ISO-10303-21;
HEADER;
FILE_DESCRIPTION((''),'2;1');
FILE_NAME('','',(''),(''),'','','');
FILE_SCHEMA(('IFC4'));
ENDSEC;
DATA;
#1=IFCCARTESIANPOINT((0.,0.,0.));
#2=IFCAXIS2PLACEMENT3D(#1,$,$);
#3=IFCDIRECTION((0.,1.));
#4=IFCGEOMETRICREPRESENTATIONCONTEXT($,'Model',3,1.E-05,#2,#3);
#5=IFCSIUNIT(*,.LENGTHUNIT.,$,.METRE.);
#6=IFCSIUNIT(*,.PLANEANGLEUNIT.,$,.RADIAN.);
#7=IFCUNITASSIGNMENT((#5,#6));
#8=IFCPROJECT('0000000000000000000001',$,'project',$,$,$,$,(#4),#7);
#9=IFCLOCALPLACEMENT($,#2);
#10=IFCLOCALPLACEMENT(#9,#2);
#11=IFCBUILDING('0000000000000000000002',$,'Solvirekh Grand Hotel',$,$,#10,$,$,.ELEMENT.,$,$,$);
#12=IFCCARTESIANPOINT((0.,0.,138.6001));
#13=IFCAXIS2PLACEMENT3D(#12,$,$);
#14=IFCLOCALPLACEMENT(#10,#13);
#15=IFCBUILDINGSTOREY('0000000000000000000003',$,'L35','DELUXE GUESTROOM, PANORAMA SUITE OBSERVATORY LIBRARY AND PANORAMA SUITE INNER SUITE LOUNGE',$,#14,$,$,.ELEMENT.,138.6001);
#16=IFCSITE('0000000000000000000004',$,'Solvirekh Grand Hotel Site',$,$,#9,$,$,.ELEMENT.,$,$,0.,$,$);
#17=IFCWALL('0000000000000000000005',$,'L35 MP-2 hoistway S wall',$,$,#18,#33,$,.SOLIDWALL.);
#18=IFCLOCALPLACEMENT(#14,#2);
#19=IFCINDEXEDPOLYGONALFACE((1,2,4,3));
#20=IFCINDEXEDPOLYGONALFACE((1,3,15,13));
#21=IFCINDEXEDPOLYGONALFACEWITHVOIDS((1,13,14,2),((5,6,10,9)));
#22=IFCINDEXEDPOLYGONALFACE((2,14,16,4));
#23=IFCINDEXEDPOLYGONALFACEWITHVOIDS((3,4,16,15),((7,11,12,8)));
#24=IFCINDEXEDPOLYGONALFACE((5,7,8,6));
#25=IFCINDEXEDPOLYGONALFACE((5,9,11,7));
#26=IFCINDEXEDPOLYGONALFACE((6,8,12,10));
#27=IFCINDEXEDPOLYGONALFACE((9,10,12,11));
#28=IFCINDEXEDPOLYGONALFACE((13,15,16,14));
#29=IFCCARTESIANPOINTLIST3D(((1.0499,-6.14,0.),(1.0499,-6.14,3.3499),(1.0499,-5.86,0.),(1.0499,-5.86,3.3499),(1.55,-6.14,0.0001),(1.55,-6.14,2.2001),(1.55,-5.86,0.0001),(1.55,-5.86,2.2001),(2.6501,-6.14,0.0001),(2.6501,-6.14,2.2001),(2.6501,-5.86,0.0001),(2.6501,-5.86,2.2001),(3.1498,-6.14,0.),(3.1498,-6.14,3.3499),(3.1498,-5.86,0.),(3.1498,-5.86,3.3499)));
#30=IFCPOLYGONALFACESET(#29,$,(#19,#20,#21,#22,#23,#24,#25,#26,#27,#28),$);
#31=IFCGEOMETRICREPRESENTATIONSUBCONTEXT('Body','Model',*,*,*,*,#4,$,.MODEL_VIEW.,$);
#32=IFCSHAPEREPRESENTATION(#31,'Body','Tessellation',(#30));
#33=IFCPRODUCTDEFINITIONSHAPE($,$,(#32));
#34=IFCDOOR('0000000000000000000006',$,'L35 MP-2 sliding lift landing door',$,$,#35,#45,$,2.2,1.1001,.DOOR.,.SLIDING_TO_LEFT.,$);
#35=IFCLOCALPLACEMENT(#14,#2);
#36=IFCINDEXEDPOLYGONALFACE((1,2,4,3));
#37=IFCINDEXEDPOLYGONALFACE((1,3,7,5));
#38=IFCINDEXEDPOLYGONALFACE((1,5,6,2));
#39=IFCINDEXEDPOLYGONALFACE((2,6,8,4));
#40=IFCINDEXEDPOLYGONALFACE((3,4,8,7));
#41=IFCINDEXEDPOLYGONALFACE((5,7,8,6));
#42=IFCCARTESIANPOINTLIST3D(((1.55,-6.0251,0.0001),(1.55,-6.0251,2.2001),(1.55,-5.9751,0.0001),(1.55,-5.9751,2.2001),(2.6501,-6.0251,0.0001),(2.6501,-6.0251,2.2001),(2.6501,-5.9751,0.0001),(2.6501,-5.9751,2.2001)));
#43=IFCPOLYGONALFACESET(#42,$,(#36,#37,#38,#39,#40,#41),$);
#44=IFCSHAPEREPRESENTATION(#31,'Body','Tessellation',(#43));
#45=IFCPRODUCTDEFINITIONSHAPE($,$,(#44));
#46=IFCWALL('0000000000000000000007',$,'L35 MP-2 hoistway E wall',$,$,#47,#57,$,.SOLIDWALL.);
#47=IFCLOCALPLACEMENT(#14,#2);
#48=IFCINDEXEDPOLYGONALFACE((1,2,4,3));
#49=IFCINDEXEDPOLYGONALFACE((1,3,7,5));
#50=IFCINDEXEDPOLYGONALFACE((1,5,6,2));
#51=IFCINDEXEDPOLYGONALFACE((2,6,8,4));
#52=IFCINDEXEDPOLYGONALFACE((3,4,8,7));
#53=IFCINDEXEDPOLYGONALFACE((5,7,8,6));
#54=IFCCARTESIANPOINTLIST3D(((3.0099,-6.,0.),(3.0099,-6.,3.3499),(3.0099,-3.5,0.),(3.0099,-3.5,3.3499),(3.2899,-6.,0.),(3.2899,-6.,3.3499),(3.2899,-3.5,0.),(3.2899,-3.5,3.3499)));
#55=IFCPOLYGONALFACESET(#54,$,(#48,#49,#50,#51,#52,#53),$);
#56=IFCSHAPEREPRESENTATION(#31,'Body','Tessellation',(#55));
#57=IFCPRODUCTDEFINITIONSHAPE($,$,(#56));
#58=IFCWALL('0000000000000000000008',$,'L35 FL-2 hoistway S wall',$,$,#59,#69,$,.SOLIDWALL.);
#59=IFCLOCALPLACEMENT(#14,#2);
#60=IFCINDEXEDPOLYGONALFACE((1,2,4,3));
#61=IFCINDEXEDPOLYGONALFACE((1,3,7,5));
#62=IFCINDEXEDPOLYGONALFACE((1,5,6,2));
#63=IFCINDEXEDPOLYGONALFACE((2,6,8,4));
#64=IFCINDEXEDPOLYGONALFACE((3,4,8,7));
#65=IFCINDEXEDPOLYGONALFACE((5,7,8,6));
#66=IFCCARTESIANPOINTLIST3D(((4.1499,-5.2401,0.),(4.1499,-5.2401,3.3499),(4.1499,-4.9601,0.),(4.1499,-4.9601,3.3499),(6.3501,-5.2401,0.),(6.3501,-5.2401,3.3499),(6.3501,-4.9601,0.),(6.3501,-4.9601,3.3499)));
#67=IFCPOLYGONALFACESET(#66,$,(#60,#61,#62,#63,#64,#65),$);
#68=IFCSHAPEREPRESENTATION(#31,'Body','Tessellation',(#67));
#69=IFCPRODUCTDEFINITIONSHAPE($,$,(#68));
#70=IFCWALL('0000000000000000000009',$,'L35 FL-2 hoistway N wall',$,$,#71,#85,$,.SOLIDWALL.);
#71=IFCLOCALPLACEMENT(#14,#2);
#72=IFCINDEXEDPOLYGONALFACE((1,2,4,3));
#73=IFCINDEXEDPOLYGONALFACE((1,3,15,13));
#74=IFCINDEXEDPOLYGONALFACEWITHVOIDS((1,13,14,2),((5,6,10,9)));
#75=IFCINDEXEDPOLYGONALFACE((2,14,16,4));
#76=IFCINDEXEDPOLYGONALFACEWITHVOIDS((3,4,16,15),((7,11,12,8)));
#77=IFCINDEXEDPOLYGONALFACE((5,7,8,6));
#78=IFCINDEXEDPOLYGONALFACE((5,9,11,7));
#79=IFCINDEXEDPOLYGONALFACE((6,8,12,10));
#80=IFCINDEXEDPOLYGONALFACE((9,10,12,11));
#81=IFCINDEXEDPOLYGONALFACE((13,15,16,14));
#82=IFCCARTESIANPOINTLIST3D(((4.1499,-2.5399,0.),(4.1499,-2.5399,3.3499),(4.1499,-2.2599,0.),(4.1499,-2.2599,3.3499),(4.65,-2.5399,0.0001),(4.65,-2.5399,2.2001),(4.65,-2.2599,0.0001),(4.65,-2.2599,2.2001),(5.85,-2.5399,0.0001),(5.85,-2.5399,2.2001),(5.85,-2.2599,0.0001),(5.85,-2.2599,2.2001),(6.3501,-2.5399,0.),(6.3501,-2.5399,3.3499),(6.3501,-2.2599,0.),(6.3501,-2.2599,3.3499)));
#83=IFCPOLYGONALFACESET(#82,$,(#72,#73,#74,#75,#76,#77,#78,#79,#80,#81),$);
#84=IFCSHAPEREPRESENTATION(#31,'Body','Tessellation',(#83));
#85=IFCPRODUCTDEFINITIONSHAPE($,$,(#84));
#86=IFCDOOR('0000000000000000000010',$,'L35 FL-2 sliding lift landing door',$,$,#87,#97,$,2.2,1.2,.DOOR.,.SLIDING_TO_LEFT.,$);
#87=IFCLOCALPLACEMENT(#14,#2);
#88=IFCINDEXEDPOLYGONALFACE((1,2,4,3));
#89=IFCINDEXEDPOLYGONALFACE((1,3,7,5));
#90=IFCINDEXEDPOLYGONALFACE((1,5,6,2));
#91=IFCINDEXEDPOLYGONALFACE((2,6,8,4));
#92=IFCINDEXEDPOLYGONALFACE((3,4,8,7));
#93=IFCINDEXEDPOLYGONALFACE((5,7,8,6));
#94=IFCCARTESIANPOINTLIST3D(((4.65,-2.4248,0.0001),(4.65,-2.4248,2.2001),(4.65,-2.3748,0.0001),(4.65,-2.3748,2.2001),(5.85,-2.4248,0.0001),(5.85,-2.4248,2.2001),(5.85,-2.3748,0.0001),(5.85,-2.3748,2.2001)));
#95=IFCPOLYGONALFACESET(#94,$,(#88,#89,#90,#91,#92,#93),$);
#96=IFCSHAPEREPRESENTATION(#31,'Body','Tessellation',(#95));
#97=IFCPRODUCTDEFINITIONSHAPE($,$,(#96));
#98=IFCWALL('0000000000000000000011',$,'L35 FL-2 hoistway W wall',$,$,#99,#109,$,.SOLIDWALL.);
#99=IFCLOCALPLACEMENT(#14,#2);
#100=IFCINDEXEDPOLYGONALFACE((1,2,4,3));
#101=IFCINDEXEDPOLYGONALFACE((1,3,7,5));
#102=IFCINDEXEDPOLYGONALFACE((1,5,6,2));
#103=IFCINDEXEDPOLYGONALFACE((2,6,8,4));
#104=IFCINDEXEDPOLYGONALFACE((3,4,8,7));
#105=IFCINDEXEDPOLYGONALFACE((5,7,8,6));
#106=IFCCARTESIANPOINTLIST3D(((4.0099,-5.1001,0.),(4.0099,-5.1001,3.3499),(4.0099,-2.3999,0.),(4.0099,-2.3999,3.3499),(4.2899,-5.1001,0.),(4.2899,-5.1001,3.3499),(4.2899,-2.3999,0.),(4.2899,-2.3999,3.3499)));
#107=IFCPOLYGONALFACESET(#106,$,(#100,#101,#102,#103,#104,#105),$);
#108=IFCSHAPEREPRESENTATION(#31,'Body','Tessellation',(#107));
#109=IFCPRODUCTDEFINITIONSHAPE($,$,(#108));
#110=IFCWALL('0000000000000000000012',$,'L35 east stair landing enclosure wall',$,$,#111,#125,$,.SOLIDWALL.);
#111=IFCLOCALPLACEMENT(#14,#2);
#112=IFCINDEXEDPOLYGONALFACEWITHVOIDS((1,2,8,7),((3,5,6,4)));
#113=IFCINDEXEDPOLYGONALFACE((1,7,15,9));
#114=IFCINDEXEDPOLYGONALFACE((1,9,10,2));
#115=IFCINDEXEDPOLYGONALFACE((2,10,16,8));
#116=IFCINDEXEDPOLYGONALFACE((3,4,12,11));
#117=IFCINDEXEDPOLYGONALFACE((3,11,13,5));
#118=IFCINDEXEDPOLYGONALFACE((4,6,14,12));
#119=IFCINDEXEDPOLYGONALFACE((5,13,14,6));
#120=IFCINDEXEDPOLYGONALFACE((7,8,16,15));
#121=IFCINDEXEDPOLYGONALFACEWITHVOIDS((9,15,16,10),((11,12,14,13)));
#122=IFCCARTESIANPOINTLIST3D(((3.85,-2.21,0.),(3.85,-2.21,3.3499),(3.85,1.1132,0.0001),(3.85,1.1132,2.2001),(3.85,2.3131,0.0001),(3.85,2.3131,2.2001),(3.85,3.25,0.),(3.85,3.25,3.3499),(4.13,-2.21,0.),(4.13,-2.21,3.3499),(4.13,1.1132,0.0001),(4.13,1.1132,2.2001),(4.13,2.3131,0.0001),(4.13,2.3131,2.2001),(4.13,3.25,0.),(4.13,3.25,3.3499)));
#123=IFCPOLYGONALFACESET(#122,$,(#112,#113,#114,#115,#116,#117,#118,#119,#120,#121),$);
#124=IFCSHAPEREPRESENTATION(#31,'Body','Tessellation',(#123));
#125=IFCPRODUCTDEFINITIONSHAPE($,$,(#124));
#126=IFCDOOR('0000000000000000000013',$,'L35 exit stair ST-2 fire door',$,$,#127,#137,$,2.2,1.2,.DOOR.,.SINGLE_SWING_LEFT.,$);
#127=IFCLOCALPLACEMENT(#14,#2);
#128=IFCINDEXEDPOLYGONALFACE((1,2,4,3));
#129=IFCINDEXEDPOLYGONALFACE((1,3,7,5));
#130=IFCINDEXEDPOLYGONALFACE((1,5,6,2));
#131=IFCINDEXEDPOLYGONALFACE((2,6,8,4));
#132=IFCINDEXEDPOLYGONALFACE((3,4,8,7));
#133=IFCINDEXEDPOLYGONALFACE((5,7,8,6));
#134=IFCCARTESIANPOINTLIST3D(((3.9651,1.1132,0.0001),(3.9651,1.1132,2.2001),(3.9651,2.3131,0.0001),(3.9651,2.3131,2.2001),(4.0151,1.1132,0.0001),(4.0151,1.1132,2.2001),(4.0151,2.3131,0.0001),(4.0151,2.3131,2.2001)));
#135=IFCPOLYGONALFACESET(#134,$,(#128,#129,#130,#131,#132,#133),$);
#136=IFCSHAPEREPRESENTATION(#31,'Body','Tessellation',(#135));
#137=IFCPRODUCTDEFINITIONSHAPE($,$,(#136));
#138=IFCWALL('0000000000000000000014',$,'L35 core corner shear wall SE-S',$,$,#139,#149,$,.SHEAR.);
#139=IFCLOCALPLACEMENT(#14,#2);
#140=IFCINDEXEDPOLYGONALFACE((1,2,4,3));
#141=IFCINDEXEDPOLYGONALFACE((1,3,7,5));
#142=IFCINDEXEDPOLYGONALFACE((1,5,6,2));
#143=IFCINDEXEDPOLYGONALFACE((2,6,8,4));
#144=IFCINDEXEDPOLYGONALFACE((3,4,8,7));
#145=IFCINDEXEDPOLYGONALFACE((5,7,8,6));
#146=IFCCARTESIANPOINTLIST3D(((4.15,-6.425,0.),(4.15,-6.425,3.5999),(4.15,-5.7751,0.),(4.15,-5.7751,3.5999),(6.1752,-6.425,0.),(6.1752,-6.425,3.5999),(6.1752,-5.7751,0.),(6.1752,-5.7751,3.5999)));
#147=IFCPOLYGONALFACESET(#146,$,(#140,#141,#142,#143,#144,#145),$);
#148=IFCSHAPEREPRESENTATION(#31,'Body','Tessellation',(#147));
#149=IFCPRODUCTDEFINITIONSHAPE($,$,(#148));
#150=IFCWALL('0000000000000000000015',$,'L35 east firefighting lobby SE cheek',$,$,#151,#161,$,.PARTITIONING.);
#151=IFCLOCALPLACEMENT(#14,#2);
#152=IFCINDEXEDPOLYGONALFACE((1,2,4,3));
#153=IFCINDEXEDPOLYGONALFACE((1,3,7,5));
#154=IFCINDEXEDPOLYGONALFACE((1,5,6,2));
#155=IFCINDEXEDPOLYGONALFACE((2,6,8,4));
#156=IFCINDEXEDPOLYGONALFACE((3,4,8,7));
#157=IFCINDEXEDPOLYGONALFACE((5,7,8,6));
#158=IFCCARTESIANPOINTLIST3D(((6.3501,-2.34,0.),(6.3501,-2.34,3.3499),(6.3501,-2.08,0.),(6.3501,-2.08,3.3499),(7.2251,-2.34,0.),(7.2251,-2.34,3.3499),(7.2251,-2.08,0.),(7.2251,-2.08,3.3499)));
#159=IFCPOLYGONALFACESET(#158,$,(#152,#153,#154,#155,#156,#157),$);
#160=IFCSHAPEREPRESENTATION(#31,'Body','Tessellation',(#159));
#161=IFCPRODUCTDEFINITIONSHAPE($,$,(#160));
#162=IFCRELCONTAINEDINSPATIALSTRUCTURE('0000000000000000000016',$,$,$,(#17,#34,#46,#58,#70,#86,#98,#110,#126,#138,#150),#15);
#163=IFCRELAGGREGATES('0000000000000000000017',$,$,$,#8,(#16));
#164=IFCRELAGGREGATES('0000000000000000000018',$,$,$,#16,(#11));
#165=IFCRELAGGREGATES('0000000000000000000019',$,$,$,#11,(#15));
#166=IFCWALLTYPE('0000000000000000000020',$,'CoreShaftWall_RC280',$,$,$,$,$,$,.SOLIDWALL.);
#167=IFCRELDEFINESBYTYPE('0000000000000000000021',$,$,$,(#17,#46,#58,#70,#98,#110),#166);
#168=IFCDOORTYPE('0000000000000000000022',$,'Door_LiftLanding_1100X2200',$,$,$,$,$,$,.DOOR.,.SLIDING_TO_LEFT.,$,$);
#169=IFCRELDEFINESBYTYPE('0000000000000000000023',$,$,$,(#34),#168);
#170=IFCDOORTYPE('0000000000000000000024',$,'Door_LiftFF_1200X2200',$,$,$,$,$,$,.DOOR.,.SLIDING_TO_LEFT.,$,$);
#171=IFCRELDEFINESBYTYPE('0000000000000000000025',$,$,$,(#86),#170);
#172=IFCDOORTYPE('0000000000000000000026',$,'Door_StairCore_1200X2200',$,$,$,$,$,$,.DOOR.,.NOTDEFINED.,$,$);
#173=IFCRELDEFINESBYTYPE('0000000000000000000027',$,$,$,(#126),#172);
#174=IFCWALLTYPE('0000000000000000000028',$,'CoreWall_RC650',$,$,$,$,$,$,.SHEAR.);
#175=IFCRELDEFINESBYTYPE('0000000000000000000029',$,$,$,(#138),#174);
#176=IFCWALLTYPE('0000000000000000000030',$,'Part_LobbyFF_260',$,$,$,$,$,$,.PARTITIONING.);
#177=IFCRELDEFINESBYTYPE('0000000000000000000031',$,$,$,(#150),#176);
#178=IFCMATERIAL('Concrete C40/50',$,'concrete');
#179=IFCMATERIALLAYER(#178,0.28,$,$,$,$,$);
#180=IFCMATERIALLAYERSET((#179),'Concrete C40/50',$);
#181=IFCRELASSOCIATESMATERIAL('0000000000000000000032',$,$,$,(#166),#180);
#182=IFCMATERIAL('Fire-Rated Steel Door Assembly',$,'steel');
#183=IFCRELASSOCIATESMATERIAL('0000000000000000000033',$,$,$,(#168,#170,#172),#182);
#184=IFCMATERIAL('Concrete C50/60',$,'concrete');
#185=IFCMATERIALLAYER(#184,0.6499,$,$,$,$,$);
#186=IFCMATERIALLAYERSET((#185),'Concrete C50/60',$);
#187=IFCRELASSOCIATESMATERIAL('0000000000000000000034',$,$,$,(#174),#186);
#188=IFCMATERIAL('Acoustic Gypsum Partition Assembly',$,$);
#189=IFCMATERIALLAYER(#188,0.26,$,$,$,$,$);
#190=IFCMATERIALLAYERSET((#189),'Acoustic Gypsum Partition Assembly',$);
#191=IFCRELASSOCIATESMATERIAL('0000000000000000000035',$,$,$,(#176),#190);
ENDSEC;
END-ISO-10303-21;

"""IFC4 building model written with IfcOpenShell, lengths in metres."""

from ifc_helpers import new_model, si_unit, direction, frame, frame_2d, origin, place, context, subcontext, project, spatial, rectangle, extrude, material, layer, layer_set, type_object, element, fill, save


model = new_model("IFC4")

# Units and contexts
model_context = context("Model", 3, precision=1e-05, world=origin(), true_north=direction((0.0, 1.0)))
body_context = subcontext(model_context, "Body", "Model", "MODEL_VIEW")
ifc_project = project(units=[si_unit("LENGTHUNIT", "METRE"), si_unit("PLANEANGLEUNIT", "RADIAN")], contexts=[model_context])

# Site, building, storey
site_placement = place(None, origin())
site = spatial("IfcSite", under=ifc_project, at=site_placement, Name="Solvirekh Grand Hotel Site", CompositionType="ELEMENT", RefElevation=0.0)
building_placement = place(site_placement, origin())
building = spatial("IfcBuilding", under=site, at=building_placement, Name="Solvirekh Grand Hotel", CompositionType="ELEMENT")
storey_placement = place(building_placement, frame((0.0, 0.0, 138.6001)))
storey = spatial("IfcBuildingStorey", under=building, at=storey_placement, Name="L35", Description="DELUXE GUESTROOM, PANORAMA SUITE OBSERVATORY LIBRARY AND PANORAMA SUITE INNER SUITE LOUNGE", CompositionType="ELEMENT", Elevation=138.6001)

# Shared definitions
ifc_material_1 = material(Name="Concrete C50/60", Category="concrete")

# Shared definitions
ifc_material_2 = material(Name="Concrete C40/50", Category="concrete")
ifc_layer_1 = layer(ifc_material_2, 0.28)
ifc_layer_set_1 = layer_set([ifc_layer_1], Name="Concrete C40/50")
wall_type_1 = type_object("IfcWallType", Name="CoreShaftWall_RC280", PredefinedType="SOLIDWALL", material=ifc_layer_set_1)

# Wall, opening, door
wall_1_placement = place(storey_placement, frame((1.05, -6.0, 0.0), z_axis=(0.0, 0.0, 1.0), x_axis=(1.0, 0.0, 0.0)))
wall_1 = element("IfcWall", 1, at=wall_1_placement, inside=storey, type_object=wall_type_1, Name="L35 MP-2 hoistway S wall", PredefinedType="SOLIDWALL", context=body_context, shape_type="SweptSolid", body=[
    extrude(rectangle(XDim=2.0999, YDim=0.28, at=frame_2d((1.0498, 0.0))), origin(), (0.0, 0.0, 1.0), 3.3499),
])
opening_1_placement = place(wall_1_placement, frame((0.5, 0.0, 0.0)))
opening_1 = element("IfcOpeningElement", 2, at=opening_1_placement, cuts=wall_1, PredefinedType="OPENING", context=body_context, shape_type="SweptSolid", body=[
    extrude(rectangle(XDim=1.1001, YDim=2.2, at=frame_2d((0.55, 1.1001))), frame((0.0, 0.1499, 0.0), z_axis=(0.0, -1.0, 0.0), x_axis=(1.0, 0.0, 0.0)), (0.0, 0.0, 1.0), 0.3),
])
ifc_material_3 = material(Name="Fire-Rated Steel Door Assembly", Category="steel")
door_type_1 = type_object("IfcDoorType", Name="Door_LiftLanding_1100X2200", OperationType="SLIDING_TO_LEFT", PredefinedType="DOOR", material=ifc_material_3)
door_1_placement = place(opening_1_placement, origin())
door_1 = element("IfcDoor", 3, at=door_1_placement, inside=storey, type_object=door_type_1, Name="L35 MP-2 sliding lift landing door", OperationType="SLIDING_TO_LEFT", OverallHeight=2.2, OverallWidth=1.1001, PredefinedType="DOOR", context=body_context, shape_type="SweptSolid", body=[
    extrude(rectangle(XDim=1.1001, YDim=2.2, at=frame_2d((0.55, 1.1001))), frame((0.0, 0.0249, 0.0), z_axis=(0.0, -1.0, 0.0), x_axis=(1.0, 0.0, 0.0)), (0.0, 0.0, 1.0), 0.05),
])
fill(opening_1, door_1)

# Walls
wall_2_placement = place(storey_placement, frame((3.1499, -6.0, 0.0), z_axis=(0.0, 0.0, 1.0), x_axis=(0.0, 1.0, 0.0)))
element("IfcWall", 4, at=wall_2_placement, inside=storey, type_object=wall_type_1, Name="L35 MP-2 hoistway E wall", PredefinedType="SOLIDWALL", context=body_context, shape_type="SweptSolid", body=[
    extrude(rectangle(XDim=2.5, YDim=0.28, at=frame_2d((1.25, 0.0))), origin(), (0.0, 0.0, 1.0), 3.3499),
])
wall_3_placement = place(storey_placement, frame((4.1499, -5.1001, 0.0), z_axis=(0.0, 0.0, 1.0), x_axis=(1.0, 0.0, 0.0)))
element("IfcWall", 5, at=wall_3_placement, inside=storey, type_object=wall_type_1, Name="L35 FL-2 hoistway S wall", PredefinedType="SOLIDWALL", context=body_context, shape_type="SweptSolid", body=[
    extrude(rectangle(XDim=2.2002, YDim=0.28, at=frame_2d((1.1001, 0.0))), origin(), (0.0, 0.0, 1.0), 3.3499),
])

# Wall, opening, door
wall_4_placement = place(storey_placement, frame((6.3501, -2.3999, 0.0), z_axis=(0.0, 0.0, 1.0), x_axis=(-1.0, 0.0, 0.0)))
wall_4 = element("IfcWall", 6, at=wall_4_placement, inside=storey, type_object=wall_type_1, Name="L35 FL-2 hoistway N wall", PredefinedType="SOLIDWALL", context=body_context, shape_type="SweptSolid", body=[
    extrude(rectangle(XDim=2.2002, YDim=0.28, at=frame_2d((1.1001, 0.0))), origin(), (0.0, 0.0, 1.0), 3.3499),
])
opening_2_placement = place(wall_4_placement, frame((0.5, 0.0, 0.0)))
opening_2 = element("IfcOpeningElement", 7, at=opening_2_placement, cuts=wall_4, PredefinedType="OPENING", context=body_context, shape_type="SweptSolid", body=[
    extrude(rectangle(XDim=1.2, YDim=2.2, at=frame_2d((0.6001, 1.1001))), frame((0.0, 0.1499, 0.0), z_axis=(0.0, -1.0, 0.0), x_axis=(1.0, 0.0, 0.0)), (0.0, 0.0, 1.0), 0.3),
])
door_type_2 = type_object("IfcDoorType", Name="Door_LiftFF_1200X2200", OperationType="SLIDING_TO_LEFT", PredefinedType="DOOR", material=ifc_material_3)
door_2_placement = place(opening_2_placement, origin())
door_2 = element("IfcDoor", 8, at=door_2_placement, inside=storey, type_object=door_type_2, Name="L35 FL-2 sliding lift landing door", OperationType="SLIDING_TO_LEFT", OverallHeight=2.2, OverallWidth=1.2, PredefinedType="DOOR", context=body_context, shape_type="SweptSolid", body=[
    extrude(rectangle(XDim=1.2, YDim=2.2, at=frame_2d((0.6001, 1.1001))), frame((0.0, 0.0249, 0.0), z_axis=(0.0, -1.0, 0.0), x_axis=(1.0, 0.0, 0.0)), (0.0, 0.0, 1.0), 0.05),
])
fill(opening_2, door_2)

# Wall
wall_5_placement = place(storey_placement, frame((4.1499, -2.3999, 0.0), z_axis=(0.0, 0.0, 1.0), x_axis=(0.0, -1.0, 0.0)))
element("IfcWall", 9, at=wall_5_placement, inside=storey, type_object=wall_type_1, Name="L35 FL-2 hoistway W wall", PredefinedType="SOLIDWALL", context=body_context, shape_type="SweptSolid", body=[
    extrude(rectangle(XDim=2.7002, YDim=0.28, at=frame_2d((1.3501, 0.0))), origin(), (0.0, 0.0, 1.0), 3.3499),
])

# Wall, opening, door
wall_6_placement = place(storey_placement, frame((3.99, -2.21, 0.0), z_axis=(0.0, 0.0, 1.0), x_axis=(0.0, 1.0, 0.0)))
wall_6 = element("IfcWall", 10, at=wall_6_placement, inside=storey, type_object=wall_type_1, Name="L35 east stair landing enclosure wall", PredefinedType="SOLIDWALL", context=body_context, shape_type="SweptSolid", body=[
    extrude(rectangle(XDim=5.46, YDim=0.28, at=frame_2d((2.73, 0.0))), origin(), (0.0, 0.0, 1.0), 3.3499),
])
opening_3_placement = place(wall_6_placement, frame((3.323, 0.0, 0.0)))
opening_3 = element("IfcOpeningElement", 11, at=opening_3_placement, cuts=wall_6, PredefinedType="OPENING", context=body_context, shape_type="SweptSolid", body=[
    extrude(rectangle(XDim=1.2, YDim=2.2, at=frame_2d((0.6001, 1.1001))), frame((0.0, 0.1499, 0.0), z_axis=(0.0, -1.0, 0.0), x_axis=(1.0, 0.0, 0.0)), (0.0, 0.0, 1.0), 0.3),
])
door_type_3 = type_object("IfcDoorType", Name="Door_StairCore_1200X2200", OperationType="NOTDEFINED", PredefinedType="DOOR", material=ifc_material_3)
door_3_placement = place(opening_3_placement, origin())
door_3 = element("IfcDoor", 12, at=door_3_placement, inside=storey, type_object=door_type_3, Name="L35 exit stair ST-2 fire door", OperationType="SINGLE_SWING_LEFT", OverallHeight=2.2, OverallWidth=1.2, PredefinedType="DOOR", context=body_context, shape_type="SweptSolid", body=[
    extrude(rectangle(XDim=1.2, YDim=2.2, at=frame_2d((0.6001, 1.1001))), frame((0.0, 0.0249, 0.0), z_axis=(0.0, -1.0, 0.0), x_axis=(1.0, 0.0, 0.0)), (0.0, 0.0, 1.0), 0.05),
])
fill(opening_3, door_3)

# Walls
ifc_layer_2 = layer(ifc_material_1, 0.6499)
ifc_layer_set_2 = layer_set([ifc_layer_2], Name="Concrete C50/60")
wall_type_2 = type_object("IfcWallType", Name="CoreWall_RC650", PredefinedType="SHEAR", material=ifc_layer_set_2)
wall_7_placement = place(storey_placement, frame((4.1499, -6.1001, 0.0), z_axis=(0.0, 0.0, 1.0), x_axis=(1.0, 0.0, 0.0)))
element("IfcWall", 13, at=wall_7_placement, inside=storey, type_object=wall_type_2, Name="L35 core corner shear wall SE-S", PredefinedType="SHEAR", context=body_context, shape_type="SweptSolid", body=[
    extrude(rectangle(XDim=2.0251, YDim=0.6499, at=frame_2d((1.0127, 0.0))), origin(), (0.0, 0.0, 1.0), 3.5999),
])
ifc_material_4 = material(Name="Acoustic Gypsum Partition Assembly")
ifc_layer_3 = layer(ifc_material_4, 0.26)
ifc_layer_set_3 = layer_set([ifc_layer_3], Name="Acoustic Gypsum Partition Assembly")
wall_type_3 = type_object("IfcWallType", Name="Part_LobbyFF_260", PredefinedType="PARTITIONING", material=ifc_layer_set_3)
wall_8_placement = place(storey_placement, frame((6.3501, -2.21, 0.0), z_axis=(0.0, 0.0, 1.0), x_axis=(1.0, 0.0, 0.0)))
element("IfcWall", 14, at=wall_8_placement, inside=storey, type_object=wall_type_3, Name="L35 east firefighting lobby SE cheek", PredefinedType="PARTITIONING", context=body_context, shape_type="SweptSolid", body=[
    extrude(rectangle(XDim=0.875, YDim=0.26, at=frame_2d((0.4375, 0.0))), origin(), (0.0, 0.0, 1.0), 3.3499),
])

save(model, "model.ifc")
